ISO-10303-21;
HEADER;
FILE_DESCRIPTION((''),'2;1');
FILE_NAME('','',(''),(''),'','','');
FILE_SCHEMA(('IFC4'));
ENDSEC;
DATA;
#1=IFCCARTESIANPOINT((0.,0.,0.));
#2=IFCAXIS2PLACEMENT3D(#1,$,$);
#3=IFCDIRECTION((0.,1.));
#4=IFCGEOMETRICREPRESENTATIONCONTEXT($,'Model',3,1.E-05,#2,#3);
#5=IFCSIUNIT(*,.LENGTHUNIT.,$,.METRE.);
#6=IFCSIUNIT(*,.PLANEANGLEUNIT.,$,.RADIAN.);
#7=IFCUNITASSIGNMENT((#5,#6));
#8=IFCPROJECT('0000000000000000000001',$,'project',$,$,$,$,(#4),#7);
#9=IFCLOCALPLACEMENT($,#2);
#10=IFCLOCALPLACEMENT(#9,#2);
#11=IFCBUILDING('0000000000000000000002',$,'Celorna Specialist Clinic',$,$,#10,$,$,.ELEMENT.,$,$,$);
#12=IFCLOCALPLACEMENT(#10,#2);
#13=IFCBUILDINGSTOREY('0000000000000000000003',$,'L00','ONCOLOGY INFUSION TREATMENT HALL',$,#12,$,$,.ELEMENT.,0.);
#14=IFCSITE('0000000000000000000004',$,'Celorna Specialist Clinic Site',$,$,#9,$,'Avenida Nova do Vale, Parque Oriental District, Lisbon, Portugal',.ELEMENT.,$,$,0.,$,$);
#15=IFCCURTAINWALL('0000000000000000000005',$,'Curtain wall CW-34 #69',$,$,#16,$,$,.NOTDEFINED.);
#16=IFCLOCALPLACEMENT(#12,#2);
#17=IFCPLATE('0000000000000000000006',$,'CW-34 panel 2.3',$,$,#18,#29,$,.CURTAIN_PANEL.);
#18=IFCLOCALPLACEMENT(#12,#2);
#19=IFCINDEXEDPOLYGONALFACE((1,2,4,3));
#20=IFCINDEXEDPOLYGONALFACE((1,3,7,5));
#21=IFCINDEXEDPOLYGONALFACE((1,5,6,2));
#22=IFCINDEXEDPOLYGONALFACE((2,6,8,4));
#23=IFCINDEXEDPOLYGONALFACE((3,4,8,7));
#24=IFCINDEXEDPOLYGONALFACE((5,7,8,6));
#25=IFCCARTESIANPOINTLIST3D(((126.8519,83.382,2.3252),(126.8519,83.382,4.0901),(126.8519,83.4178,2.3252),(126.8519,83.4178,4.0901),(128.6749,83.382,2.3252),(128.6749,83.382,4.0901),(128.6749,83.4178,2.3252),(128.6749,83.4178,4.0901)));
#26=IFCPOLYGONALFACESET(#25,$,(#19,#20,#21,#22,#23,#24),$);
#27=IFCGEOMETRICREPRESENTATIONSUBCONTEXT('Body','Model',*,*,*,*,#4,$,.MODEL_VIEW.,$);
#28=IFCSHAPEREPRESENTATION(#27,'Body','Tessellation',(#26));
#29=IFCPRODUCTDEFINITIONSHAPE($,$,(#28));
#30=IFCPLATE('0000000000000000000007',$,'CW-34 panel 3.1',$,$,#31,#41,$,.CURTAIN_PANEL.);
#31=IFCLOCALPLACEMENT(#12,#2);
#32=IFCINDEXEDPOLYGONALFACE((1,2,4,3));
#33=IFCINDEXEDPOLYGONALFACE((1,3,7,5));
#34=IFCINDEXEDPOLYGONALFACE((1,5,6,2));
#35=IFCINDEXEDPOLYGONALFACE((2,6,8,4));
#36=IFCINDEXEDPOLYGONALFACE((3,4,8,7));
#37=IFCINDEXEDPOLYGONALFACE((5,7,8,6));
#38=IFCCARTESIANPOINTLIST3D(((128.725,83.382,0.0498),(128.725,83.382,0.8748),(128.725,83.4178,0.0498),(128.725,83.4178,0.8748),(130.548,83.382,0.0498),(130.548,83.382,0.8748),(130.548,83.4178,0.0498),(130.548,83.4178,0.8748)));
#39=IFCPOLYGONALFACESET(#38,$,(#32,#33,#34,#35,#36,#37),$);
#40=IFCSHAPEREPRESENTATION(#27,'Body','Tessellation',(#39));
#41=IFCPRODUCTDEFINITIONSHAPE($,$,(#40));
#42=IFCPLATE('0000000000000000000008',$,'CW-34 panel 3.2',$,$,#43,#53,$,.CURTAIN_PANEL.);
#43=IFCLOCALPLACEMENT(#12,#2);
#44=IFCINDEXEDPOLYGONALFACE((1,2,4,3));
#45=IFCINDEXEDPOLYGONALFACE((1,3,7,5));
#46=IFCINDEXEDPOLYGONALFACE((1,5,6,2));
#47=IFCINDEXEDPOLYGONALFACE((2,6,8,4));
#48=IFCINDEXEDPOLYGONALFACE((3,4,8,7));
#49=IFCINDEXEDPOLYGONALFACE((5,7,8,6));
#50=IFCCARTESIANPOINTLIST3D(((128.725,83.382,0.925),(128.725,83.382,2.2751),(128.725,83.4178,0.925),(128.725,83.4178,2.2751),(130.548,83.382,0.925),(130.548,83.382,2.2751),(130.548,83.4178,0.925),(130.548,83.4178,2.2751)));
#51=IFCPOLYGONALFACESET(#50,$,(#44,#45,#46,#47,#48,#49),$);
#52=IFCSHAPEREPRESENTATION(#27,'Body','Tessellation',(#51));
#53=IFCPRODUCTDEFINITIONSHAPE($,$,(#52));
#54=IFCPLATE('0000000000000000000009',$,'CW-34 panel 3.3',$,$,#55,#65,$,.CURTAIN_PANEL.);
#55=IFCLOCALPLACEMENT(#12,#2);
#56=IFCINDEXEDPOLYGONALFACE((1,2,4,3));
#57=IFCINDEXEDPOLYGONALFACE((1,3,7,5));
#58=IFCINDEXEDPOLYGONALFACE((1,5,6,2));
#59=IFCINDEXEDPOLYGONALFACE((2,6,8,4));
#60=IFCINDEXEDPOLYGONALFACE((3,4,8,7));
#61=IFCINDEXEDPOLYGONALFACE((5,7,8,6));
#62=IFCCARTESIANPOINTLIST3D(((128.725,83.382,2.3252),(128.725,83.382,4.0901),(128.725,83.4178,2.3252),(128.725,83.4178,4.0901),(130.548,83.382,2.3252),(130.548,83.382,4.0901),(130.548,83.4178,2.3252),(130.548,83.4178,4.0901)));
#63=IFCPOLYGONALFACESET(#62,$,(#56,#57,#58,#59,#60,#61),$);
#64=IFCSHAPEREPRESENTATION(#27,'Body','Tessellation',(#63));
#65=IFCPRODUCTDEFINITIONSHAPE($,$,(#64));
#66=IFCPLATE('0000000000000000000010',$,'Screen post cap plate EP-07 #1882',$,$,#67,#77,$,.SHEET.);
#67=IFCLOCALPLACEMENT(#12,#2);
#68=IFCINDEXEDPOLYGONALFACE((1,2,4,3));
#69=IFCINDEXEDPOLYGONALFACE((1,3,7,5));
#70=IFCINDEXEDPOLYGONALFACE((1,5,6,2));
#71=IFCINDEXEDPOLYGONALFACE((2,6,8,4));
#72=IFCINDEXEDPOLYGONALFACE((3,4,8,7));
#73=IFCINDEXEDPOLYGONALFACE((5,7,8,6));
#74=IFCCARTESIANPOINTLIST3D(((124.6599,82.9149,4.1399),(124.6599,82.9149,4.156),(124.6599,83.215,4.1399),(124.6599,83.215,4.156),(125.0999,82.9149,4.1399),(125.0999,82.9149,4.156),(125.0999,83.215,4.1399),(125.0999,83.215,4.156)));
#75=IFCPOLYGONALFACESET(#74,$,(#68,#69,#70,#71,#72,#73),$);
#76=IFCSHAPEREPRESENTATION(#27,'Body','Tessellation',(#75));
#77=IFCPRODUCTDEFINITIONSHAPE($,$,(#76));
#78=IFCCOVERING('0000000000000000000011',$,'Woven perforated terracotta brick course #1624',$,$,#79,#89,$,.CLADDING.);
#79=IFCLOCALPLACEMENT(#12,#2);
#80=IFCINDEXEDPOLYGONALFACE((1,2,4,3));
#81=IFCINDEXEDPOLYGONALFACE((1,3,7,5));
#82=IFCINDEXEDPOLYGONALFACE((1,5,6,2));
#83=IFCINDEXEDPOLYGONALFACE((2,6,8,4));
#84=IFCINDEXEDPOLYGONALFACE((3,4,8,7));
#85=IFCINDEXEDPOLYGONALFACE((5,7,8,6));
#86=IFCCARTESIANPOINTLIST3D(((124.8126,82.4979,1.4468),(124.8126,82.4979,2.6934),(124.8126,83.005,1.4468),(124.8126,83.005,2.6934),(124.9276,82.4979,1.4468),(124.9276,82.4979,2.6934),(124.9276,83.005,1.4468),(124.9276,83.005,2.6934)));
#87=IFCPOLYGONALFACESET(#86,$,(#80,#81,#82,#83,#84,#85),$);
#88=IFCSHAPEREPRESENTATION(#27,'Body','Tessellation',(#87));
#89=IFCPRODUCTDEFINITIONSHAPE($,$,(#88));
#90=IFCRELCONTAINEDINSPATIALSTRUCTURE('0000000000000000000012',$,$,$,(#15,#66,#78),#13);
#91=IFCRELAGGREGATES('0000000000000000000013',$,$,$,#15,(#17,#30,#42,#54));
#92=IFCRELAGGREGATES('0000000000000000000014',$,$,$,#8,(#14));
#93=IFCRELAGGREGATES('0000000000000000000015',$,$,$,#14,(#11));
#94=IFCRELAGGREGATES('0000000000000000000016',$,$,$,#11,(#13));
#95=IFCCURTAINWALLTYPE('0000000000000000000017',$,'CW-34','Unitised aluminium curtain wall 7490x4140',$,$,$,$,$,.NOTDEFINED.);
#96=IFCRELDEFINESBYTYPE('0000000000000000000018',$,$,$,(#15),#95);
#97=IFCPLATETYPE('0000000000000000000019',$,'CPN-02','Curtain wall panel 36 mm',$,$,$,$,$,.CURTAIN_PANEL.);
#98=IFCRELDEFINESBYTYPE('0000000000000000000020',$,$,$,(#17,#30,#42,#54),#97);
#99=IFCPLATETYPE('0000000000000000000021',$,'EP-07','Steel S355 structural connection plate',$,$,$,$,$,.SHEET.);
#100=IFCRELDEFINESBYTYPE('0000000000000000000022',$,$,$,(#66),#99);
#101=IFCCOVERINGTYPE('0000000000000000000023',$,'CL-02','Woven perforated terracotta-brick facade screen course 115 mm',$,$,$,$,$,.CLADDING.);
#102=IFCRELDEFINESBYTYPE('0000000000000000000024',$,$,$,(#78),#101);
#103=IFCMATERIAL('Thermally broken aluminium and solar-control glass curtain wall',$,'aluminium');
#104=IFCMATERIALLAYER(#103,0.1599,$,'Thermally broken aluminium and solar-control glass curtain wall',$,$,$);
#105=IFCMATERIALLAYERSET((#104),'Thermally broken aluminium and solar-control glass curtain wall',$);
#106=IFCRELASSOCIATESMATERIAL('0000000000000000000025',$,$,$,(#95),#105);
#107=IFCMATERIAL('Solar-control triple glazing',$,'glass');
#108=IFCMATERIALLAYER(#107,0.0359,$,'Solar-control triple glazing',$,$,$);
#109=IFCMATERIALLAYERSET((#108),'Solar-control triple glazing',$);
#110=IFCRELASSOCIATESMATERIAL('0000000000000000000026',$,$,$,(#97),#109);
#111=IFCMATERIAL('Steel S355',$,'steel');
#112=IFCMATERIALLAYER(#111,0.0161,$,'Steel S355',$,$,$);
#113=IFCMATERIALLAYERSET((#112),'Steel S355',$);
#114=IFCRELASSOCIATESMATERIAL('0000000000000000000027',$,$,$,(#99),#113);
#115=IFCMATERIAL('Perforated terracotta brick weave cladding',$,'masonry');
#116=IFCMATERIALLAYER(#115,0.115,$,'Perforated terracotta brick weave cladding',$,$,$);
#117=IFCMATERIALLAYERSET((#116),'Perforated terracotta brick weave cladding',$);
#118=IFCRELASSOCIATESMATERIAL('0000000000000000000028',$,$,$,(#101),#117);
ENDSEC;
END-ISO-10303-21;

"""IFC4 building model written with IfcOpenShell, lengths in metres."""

from ifc_helpers import new_model, si_unit, direction, frame, origin, origin_2d, place, context, subcontext, project, spatial, rectangle, extrude, material, layer, layer_set, type_object, element, aggregate, save


model = new_model("IFC4")

# Units and contexts
model_context = context("Model", 3, precision=1e-05, world=origin(), true_north=direction((0.0, 1.0)))
body_context = subcontext(model_context, "Body", "Model", "MODEL_VIEW")
ifc_project = project(units=[si_unit("LENGTHUNIT", "METRE"), si_unit("PLANEANGLEUNIT", "RADIAN")], contexts=[model_context])

# Site, building, storey
site_placement = place(None, origin())
site = spatial("IfcSite", under=ifc_project, at=site_placement, Name="Celorna Specialist Clinic Site", LongName="Avenida Nova do Vale, Parque Oriental District, Lisbon, Portugal", CompositionType="ELEMENT", RefElevation=0.0)
building_placement = place(site_placement, origin())
building = spatial("IfcBuilding", under=site, at=building_placement, Name="Celorna Specialist Clinic", CompositionType="ELEMENT")
storey_placement = place(building_placement, origin())
storey = spatial("IfcBuildingStorey", under=building, at=storey_placement, Name="L00", Description="ONCOLOGY INFUSION TREATMENT HALL", CompositionType="ELEMENT", Elevation=0.0)

# Shared definitions
ifc_material_1 = material(Name="Steel S355", Category="steel")

# Shared definitions
ifc_material_2 = material(Name="Thermally broken aluminium and solar-control glass curtain wall", Category="aluminium")

# Curtain wall
ifc_layer_1 = layer(ifc_material_2, 0.1599, Name="Thermally broken aluminium and solar-control glass curtain wall")
ifc_layer_set_1 = layer_set([ifc_layer_1], Name="Thermally broken aluminium and solar-control glass curtain wall")
curtain_wall_type_1 = type_object("IfcCurtainWallType", Name="CW-34", Description="Unitised aluminium curtain wall 7490x4140", PredefinedType="NOTDEFINED", material=ifc_layer_set_1)
curtain_wall_1_placement = place(storey_placement, origin())
curtain_wall_1 = element("IfcCurtainWall", 1, at=curtain_wall_1_placement, inside=storey, type_object=curtain_wall_type_1, Name="Curtain wall CW-34 #69", PredefinedType="NOTDEFINED")

# Plates
ifc_material_3 = material(Name="Solar-control triple glazing", Category="glass")
ifc_layer_2 = layer(ifc_material_3, 0.0359, Name="Solar-control triple glazing")
ifc_layer_set_2 = layer_set([ifc_layer_2], Name="Solar-control triple glazing")
plate_type_1 = type_object("IfcPlateType", Name="CPN-02", Description="Curtain wall panel 36 mm", PredefinedType="CURTAIN_PANEL", material=ifc_layer_set_2)
plate_1_placement = place(storey_placement, frame((127.7634, 83.3999, 2.3252), z_axis=(0.0, 0.0, 1.0), x_axis=(1.0, 0.0, 0.0)))
plate_1 = element("IfcPlate", 2, at=plate_1_placement, type_object=plate_type_1, Name="CW-34 panel 2.3", PredefinedType="CURTAIN_PANEL", context=body_context, shape_type="SweptSolid", body=[
    extrude(rectangle(XDim=1.823, YDim=0.0359, at=origin_2d()), origin(), (0.0, 0.0, 1.0), 1.7649),
])
plate_2_placement = place(storey_placement, frame((129.6365, 83.3999, 0.0498), z_axis=(0.0, 0.0, 1.0), x_axis=(1.0, 0.0, 0.0)))
plate_2 = element("IfcPlate", 3, at=plate_2_placement, type_object=plate_type_1, Name="CW-34 panel 3.1", PredefinedType="CURTAIN_PANEL", context=body_context, shape_type="SweptSolid", body=[
    extrude(rectangle(XDim=1.823, YDim=0.0359, at=origin_2d()), origin(), (0.0, 0.0, 1.0), 0.825),
])
plate_3_placement = place(storey_placement, frame((129.6365, 83.3999, 0.925), z_axis=(0.0, 0.0, 1.0), x_axis=(1.0, 0.0, 0.0)))
plate_3 = element("IfcPlate", 4, at=plate_3_placement, type_object=plate_type_1, Name="CW-34 panel 3.2", PredefinedType="CURTAIN_PANEL", context=body_context, shape_type="SweptSolid", body=[
    extrude(rectangle(XDim=1.823, YDim=0.0359, at=origin_2d()), origin(), (0.0, 0.0, 1.0), 1.3501),
])
plate_4_placement = place(storey_placement, frame((129.6365, 83.3999, 2.3252), z_axis=(0.0, 0.0, 1.0), x_axis=(1.0, 0.0, 0.0)))
plate_4 = element("IfcPlate", 5, at=plate_4_placement, type_object=plate_type_1, Name="CW-34 panel 3.3", PredefinedType="CURTAIN_PANEL", context=body_context, shape_type="SweptSolid", body=[
    extrude(rectangle(XDim=1.823, YDim=0.0359, at=origin_2d()), origin(), (0.0, 0.0, 1.0), 1.7649),
])
aggregate(curtain_wall_1, [plate_1, plate_2, plate_3, plate_4])
ifc_layer_3 = layer(ifc_material_1, 0.0161, Name="Steel S355")
ifc_layer_set_3 = layer_set([ifc_layer_3], Name="Steel S355")
plate_type_2 = type_object("IfcPlateType", Name="EP-07", Description="Steel S355 structural connection plate", PredefinedType="SHEET", material=ifc_layer_set_3)
plate_5_placement = place(storey_placement, frame((124.8799, 83.0649, 4.1399), z_axis=(0.0, 0.0, 1.0), x_axis=(0.0, 1.0, 0.0)))
element("IfcPlate", 6, at=plate_5_placement, inside=storey, type_object=plate_type_2, Name="Screen post cap plate EP-07 #1882", PredefinedType="SHEET", context=body_context, shape_type="SweptSolid", body=[
    extrude(rectangle(XDim=0.3, YDim=0.4399, at=origin_2d()), origin(), (0.0, 0.0, 1.0), 0.0161),
])

# Covering
ifc_material_4 = material(Name="Perforated terracotta brick weave cladding", Category="masonry")
ifc_layer_4 = layer(ifc_material_4, 0.115, Name="Perforated terracotta brick weave cladding")
ifc_layer_set_4 = layer_set([ifc_layer_4], Name="Perforated terracotta brick weave cladding")
covering_type = type_object("IfcCoveringType", Name="CL-02", Description="Woven perforated terracotta-brick facade screen course 115 mm", PredefinedType="CLADDING", material=ifc_layer_set_4)
covering_placement = place(storey_placement, frame((124.8701, 82.7515, 1.4468), z_axis=(0.0, 0.0, 1.0), x_axis=(0.0, 1.0, 0.0)))
element("IfcCovering", 7, at=covering_placement, inside=storey, type_object=covering_type, Name="Woven perforated terracotta brick course #1624", PredefinedType="CLADDING", context=body_context, shape_type="SweptSolid", body=[
    extrude(rectangle(XDim=0.5071, YDim=0.115, at=origin_2d()), origin(), (0.0, 0.0, 1.0), 1.2466),
])

save(model, "model.ifc")
